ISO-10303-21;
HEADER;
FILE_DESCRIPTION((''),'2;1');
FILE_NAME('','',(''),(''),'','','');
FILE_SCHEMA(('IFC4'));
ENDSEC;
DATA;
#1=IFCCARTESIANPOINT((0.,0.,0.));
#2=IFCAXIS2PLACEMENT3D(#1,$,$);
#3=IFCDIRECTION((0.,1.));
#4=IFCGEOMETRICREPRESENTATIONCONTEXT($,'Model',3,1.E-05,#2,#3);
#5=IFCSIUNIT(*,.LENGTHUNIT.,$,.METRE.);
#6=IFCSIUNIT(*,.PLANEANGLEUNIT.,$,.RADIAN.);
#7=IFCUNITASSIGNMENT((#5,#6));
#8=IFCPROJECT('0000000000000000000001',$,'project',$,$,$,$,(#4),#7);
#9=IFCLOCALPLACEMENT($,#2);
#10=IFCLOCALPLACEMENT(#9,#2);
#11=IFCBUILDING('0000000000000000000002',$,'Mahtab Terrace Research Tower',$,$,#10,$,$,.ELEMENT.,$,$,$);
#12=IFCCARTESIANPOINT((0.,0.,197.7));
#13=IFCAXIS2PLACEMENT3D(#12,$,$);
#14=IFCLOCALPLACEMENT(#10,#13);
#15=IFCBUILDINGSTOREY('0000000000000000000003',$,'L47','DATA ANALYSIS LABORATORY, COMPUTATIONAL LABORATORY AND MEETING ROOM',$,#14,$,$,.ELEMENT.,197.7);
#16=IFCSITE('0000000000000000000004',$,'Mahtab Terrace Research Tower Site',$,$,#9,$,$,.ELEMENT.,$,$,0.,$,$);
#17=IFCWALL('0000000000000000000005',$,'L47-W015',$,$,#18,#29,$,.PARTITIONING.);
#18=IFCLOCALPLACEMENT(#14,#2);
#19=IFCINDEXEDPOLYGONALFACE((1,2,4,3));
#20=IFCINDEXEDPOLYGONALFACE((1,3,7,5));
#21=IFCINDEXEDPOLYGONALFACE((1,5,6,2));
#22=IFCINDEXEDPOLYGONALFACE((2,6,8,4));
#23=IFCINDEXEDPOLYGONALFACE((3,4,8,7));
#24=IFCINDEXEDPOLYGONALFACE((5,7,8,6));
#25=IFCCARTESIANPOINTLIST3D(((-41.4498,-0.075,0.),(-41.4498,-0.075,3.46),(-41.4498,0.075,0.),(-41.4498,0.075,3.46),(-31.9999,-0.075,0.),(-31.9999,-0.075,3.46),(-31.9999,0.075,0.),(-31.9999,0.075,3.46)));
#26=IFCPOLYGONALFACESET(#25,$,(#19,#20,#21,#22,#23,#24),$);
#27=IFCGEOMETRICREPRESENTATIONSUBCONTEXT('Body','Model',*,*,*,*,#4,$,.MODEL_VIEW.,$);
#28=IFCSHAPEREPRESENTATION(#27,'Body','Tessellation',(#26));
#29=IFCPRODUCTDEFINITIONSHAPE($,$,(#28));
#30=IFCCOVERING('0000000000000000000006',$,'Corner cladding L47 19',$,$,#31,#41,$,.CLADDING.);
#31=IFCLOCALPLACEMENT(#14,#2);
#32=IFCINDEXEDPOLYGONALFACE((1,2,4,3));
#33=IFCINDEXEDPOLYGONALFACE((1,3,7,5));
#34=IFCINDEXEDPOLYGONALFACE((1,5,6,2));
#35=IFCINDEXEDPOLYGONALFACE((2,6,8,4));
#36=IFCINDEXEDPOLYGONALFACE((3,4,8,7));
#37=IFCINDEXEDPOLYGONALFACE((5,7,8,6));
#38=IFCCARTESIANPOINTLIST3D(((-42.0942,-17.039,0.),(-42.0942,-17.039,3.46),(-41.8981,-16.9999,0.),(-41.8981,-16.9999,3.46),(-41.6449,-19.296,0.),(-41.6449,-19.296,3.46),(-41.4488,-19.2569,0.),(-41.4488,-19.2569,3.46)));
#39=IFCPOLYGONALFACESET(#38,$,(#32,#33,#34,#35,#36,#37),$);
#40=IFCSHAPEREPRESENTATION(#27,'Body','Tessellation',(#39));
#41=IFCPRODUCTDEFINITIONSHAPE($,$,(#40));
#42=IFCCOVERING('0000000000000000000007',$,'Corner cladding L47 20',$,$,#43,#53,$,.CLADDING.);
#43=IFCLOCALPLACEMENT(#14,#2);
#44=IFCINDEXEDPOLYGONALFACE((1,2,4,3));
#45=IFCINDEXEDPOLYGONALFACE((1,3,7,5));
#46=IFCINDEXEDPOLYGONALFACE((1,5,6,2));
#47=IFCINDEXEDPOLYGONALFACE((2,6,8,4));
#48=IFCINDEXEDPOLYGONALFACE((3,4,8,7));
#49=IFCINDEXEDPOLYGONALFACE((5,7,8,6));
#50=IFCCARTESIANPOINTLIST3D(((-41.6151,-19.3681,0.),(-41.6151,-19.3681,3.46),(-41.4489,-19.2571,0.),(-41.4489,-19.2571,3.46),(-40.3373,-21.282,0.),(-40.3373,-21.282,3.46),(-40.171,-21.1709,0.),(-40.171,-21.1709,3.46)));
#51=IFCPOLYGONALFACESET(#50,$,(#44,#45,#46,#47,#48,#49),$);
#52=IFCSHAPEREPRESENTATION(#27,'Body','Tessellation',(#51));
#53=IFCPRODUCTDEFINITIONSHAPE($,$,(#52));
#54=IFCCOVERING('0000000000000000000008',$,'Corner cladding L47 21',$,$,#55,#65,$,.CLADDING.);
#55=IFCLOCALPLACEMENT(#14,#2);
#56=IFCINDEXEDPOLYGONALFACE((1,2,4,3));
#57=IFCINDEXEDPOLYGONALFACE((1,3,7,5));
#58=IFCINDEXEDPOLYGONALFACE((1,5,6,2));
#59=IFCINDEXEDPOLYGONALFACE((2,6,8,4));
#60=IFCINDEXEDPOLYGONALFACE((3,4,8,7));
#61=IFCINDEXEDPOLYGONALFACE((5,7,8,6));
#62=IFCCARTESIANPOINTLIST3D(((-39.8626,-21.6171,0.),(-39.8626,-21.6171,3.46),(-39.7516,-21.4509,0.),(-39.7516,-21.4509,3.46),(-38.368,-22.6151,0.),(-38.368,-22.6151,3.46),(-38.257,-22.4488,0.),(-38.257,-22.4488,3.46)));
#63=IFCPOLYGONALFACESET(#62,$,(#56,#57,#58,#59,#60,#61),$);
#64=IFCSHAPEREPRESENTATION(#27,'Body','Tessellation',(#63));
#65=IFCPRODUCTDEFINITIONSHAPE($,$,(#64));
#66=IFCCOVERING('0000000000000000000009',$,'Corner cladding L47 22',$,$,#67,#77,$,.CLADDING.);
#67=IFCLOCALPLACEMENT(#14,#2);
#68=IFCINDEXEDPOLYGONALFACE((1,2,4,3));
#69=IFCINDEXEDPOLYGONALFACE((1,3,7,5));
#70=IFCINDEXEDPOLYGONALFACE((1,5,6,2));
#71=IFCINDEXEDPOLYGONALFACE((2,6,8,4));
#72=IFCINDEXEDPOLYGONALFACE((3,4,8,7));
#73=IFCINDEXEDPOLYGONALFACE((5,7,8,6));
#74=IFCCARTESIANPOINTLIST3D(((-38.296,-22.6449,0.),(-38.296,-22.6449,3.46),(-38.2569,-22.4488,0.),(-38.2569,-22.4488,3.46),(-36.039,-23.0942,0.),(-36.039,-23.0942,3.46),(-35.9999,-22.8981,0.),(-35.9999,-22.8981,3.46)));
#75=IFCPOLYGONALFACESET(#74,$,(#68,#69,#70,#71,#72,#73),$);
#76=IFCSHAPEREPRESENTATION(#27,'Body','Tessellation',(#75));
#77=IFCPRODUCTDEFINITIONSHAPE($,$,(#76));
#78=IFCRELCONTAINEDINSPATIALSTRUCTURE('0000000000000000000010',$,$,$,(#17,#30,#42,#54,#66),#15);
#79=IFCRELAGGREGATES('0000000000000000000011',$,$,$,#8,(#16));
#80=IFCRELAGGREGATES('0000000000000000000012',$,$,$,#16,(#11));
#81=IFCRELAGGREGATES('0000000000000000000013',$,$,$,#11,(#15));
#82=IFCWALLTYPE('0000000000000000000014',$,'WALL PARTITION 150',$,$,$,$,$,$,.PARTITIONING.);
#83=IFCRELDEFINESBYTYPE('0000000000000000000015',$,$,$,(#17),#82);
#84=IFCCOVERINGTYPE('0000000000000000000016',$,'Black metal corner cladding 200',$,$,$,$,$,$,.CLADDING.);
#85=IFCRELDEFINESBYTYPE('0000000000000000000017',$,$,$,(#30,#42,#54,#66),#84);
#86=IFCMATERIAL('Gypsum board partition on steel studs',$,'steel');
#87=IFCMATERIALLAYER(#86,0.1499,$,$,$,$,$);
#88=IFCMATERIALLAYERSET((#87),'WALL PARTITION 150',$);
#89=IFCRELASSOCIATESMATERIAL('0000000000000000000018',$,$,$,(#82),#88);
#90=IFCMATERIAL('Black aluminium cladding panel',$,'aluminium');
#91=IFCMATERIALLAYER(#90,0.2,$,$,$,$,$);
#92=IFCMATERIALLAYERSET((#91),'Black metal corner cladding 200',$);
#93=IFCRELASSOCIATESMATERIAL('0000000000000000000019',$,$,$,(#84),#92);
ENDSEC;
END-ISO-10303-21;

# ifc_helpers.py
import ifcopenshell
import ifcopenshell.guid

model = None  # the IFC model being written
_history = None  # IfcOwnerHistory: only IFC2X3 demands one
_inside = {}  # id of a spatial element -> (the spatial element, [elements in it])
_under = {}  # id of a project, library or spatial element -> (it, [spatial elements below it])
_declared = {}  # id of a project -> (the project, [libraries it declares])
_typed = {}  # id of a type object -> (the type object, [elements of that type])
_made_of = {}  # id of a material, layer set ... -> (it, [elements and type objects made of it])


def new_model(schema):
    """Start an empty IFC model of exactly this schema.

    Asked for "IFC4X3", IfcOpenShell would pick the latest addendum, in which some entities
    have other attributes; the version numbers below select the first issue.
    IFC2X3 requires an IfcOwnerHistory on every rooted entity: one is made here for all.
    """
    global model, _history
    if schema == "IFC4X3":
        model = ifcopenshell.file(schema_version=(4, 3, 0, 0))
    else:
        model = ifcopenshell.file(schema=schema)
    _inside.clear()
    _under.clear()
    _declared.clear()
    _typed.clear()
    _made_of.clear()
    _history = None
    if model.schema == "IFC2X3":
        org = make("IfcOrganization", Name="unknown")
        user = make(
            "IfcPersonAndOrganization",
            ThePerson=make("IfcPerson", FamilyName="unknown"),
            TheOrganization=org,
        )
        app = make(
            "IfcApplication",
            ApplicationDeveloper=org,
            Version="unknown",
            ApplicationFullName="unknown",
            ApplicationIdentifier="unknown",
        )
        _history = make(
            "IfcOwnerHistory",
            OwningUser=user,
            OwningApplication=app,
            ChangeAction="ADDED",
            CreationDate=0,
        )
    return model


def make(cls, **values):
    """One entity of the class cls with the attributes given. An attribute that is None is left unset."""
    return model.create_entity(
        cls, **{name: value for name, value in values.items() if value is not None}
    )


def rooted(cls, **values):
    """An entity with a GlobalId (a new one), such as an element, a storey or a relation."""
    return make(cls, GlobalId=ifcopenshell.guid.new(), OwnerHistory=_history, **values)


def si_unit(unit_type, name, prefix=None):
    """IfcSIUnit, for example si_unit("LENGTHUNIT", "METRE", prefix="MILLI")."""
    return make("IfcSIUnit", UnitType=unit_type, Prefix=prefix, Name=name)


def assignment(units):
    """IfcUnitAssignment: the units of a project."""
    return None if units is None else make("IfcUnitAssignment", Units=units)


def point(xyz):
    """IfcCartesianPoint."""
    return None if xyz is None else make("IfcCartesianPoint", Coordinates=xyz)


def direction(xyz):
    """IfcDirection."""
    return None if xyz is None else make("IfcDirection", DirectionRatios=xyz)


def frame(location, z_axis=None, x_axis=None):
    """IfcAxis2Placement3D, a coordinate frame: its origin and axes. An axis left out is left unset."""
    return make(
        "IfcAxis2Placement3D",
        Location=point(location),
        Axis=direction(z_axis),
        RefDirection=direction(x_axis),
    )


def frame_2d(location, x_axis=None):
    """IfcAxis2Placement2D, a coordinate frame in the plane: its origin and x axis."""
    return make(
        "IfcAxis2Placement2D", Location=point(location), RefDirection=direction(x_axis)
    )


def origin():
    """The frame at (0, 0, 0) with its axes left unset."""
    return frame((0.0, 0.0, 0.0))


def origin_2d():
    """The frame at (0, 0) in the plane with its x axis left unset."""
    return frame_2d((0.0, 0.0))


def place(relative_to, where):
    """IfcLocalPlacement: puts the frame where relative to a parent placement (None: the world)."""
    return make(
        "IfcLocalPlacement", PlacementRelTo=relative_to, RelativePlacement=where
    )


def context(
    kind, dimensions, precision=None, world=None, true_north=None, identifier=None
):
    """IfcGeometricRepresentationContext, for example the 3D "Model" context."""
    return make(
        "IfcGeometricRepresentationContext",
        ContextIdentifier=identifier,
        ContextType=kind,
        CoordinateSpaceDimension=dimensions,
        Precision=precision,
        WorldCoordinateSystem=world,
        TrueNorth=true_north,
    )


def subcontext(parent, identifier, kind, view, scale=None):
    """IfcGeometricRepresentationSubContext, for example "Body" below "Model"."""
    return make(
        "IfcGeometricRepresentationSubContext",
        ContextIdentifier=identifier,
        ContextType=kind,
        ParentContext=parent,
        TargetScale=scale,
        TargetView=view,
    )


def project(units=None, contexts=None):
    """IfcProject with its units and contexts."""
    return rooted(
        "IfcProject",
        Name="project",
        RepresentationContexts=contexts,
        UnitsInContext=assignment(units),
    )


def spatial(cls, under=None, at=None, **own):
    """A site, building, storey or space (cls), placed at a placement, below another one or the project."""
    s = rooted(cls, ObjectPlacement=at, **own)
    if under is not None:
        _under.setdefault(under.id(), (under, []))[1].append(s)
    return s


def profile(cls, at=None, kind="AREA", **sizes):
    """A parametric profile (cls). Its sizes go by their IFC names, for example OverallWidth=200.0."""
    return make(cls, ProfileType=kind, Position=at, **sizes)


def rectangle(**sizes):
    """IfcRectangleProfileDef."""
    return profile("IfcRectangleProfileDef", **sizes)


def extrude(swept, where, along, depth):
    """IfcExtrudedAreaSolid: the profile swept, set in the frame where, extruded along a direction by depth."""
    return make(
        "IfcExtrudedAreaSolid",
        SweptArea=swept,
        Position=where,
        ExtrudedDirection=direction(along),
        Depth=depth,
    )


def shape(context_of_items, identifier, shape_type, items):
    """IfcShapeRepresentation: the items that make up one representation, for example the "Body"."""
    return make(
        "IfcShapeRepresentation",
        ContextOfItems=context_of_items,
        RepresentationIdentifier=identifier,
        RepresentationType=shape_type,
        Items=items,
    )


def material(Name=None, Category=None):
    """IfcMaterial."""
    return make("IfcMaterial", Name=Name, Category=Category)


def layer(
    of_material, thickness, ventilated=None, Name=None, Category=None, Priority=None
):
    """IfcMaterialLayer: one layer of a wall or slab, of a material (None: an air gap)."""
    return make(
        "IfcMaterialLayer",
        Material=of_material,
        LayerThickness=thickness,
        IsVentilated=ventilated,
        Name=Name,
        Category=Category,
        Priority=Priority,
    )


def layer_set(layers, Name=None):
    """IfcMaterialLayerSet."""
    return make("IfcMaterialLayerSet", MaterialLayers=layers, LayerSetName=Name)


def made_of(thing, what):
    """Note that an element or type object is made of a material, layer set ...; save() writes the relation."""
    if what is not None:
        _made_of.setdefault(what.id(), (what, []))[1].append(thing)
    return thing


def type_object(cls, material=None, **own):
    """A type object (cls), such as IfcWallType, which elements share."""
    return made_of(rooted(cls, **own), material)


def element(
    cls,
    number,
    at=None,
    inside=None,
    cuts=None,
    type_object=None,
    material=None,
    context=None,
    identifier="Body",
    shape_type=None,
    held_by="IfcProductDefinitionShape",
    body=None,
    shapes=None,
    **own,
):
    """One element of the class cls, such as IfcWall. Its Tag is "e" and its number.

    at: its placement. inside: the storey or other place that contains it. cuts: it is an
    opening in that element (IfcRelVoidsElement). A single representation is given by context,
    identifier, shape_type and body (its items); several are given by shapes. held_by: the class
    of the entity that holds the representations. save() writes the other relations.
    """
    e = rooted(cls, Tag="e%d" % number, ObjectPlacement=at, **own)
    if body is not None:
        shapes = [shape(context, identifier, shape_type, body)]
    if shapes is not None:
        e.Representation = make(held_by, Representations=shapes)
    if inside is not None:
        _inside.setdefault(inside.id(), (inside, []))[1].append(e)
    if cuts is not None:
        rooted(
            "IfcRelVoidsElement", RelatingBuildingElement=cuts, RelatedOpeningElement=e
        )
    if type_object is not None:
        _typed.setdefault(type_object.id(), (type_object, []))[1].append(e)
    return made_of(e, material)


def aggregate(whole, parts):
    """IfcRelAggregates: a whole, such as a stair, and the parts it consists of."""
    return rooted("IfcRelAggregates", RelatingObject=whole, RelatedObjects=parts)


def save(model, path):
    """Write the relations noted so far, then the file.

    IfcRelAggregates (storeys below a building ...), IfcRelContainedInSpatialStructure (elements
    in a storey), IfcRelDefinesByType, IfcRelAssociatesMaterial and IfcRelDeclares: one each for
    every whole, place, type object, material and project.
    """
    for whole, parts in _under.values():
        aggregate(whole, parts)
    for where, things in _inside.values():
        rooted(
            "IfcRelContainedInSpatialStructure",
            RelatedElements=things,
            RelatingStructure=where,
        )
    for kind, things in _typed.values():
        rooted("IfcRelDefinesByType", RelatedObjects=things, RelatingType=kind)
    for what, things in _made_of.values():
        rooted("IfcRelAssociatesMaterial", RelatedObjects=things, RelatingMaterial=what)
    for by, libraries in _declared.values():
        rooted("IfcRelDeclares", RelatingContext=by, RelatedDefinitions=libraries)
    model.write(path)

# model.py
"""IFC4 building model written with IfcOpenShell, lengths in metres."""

from ifc_helpers import new_model, si_unit, direction, frame, frame_2d, origin, origin_2d, place, context, subcontext, project, spatial, rectangle, extrude, material, layer, layer_set, type_object, element, save


model = new_model("IFC4")

# Units and contexts
model_context = context("Model", 3, precision=1e-05, world=origin(), true_north=direction((0.0, 1.0)))
body_context = subcontext(model_context, "Body", "Model", "MODEL_VIEW")
ifc_project = project(units=[si_unit("LENGTHUNIT", "METRE"), si_unit("PLANEANGLEUNIT", "RADIAN")], contexts=[model_context])

# Site, building, storey
site_placement = place(None, origin())
site = spatial("IfcSite", under=ifc_project, at=site_placement, Name="Mahtab Terrace Research Tower Site", CompositionType="ELEMENT", RefElevation=0.0)
building_placement = place(site_placement, origin())
building = spatial("IfcBuilding", under=site, at=building_placement, Name="Mahtab Terrace Research Tower", CompositionType="ELEMENT")
storey_placement = place(building_placement, frame((0.0, 0.0, 197.7)))
storey = spatial("IfcBuildingStorey", under=building, at=storey_placement, Name="L47", Description="DATA ANALYSIS LABORATORY, COMPUTATIONAL LABORATORY AND MEETING ROOM", CompositionType="ELEMENT", Elevation=197.7)

# Wall
ifc_material_1 = material(Name="Gypsum board partition on steel studs", Category="steel")
ifc_layer_1 = layer(ifc_material_1, 0.1499)
ifc_layer_set_1 = layer_set([ifc_layer_1], Name="WALL PARTITION 150")
wall_type_1 = type_object("IfcWallType", Name="WALL PARTITION 150", PredefinedType="PARTITIONING", material=ifc_layer_set_1)
wall_1_placement = place(storey_placement, frame((-41.45, 0.0, 0.0), z_axis=(0.0, 0.0, 1.0), x_axis=(1.0, 0.0, 0.0)))
element("IfcWall", 1, at=wall_1_placement, inside=storey, type_object=wall_type_1, Name="L47-W015", PredefinedType="PARTITIONING", context=body_context, shape_type="SweptSolid", body=[
    extrude(rectangle(XDim=9.45, YDim=0.1499, at=frame_2d((4.7251, 0.0))), origin(), (0.0, 0.0, 1.0), 3.46),
])

# Coverings
ifc_material_2 = material(Name="Black aluminium cladding panel", Category="aluminium")
ifc_layer_2 = layer(ifc_material_2, 0.2)
ifc_layer_set_2 = layer_set([ifc_layer_2], Name="Black metal corner cladding 200")
covering_type = type_object("IfcCoveringType", Name="Black metal corner cladding 200", PredefinedType="CLADDING", material=ifc_layer_set_2)
for number, where, z_axis, x_axis, name in (
    (2, (-41.7715, -18.1479, 0.0), (0.0, 0.0, 1.0), (0.195212, -0.980761, 0.0), "Corner cladding L47 19"),
    (3, (-40.8931, -20.2695, 0.0), (0.0, 0.0, 1.0), (0.555291, -0.831656, 0.0), "Corner cladding L47 20"),
):
    element("IfcCovering", number, at=place(storey_placement, frame(where, z_axis=z_axis, x_axis=x_axis)), inside=storey, type_object=covering_type, Name=name, PredefinedType="CLADDING", context=body_context, shape_type="SweptSolid", body=[
        extrude(rectangle(XDim=2.3013, YDim=0.2, at=origin_2d()), origin(), (0.0, 0.0, 1.0), 3.46),
    ])
covering_1_placement = place(storey_placement, frame((-39.0598, -22.033, 0.0), z_axis=(0.0, 0.0, 1.0), x_axis=(0.831656, -0.555291, 0.0)))
element("IfcCovering", 4, at=covering_1_placement, inside=storey, type_object=covering_type, Name="Corner cladding L47 21", PredefinedType="CLADDING", context=body_context, shape_type="SweptSolid", body=[
    extrude(rectangle(XDim=1.7971, YDim=0.2, at=origin_2d()), origin(), (0.0, 0.0, 1.0), 3.46),
])
covering_2_placement = place(storey_placement, frame((-37.1479, -22.7715, 0.0), z_axis=(0.0, 0.0, 1.0), x_axis=(0.980761, -0.195212, 0.0)))
element("IfcCovering", 5, at=covering_2_placement, inside=storey, type_object=covering_type, Name="Corner cladding L47 22", PredefinedType="CLADDING", context=body_context, shape_type="SweptSolid", body=[
    extrude(rectangle(XDim=2.3013, YDim=0.2, at=origin_2d()), origin(), (0.0, 0.0, 1.0), 3.46),
])

save(model, "model.ifc")
